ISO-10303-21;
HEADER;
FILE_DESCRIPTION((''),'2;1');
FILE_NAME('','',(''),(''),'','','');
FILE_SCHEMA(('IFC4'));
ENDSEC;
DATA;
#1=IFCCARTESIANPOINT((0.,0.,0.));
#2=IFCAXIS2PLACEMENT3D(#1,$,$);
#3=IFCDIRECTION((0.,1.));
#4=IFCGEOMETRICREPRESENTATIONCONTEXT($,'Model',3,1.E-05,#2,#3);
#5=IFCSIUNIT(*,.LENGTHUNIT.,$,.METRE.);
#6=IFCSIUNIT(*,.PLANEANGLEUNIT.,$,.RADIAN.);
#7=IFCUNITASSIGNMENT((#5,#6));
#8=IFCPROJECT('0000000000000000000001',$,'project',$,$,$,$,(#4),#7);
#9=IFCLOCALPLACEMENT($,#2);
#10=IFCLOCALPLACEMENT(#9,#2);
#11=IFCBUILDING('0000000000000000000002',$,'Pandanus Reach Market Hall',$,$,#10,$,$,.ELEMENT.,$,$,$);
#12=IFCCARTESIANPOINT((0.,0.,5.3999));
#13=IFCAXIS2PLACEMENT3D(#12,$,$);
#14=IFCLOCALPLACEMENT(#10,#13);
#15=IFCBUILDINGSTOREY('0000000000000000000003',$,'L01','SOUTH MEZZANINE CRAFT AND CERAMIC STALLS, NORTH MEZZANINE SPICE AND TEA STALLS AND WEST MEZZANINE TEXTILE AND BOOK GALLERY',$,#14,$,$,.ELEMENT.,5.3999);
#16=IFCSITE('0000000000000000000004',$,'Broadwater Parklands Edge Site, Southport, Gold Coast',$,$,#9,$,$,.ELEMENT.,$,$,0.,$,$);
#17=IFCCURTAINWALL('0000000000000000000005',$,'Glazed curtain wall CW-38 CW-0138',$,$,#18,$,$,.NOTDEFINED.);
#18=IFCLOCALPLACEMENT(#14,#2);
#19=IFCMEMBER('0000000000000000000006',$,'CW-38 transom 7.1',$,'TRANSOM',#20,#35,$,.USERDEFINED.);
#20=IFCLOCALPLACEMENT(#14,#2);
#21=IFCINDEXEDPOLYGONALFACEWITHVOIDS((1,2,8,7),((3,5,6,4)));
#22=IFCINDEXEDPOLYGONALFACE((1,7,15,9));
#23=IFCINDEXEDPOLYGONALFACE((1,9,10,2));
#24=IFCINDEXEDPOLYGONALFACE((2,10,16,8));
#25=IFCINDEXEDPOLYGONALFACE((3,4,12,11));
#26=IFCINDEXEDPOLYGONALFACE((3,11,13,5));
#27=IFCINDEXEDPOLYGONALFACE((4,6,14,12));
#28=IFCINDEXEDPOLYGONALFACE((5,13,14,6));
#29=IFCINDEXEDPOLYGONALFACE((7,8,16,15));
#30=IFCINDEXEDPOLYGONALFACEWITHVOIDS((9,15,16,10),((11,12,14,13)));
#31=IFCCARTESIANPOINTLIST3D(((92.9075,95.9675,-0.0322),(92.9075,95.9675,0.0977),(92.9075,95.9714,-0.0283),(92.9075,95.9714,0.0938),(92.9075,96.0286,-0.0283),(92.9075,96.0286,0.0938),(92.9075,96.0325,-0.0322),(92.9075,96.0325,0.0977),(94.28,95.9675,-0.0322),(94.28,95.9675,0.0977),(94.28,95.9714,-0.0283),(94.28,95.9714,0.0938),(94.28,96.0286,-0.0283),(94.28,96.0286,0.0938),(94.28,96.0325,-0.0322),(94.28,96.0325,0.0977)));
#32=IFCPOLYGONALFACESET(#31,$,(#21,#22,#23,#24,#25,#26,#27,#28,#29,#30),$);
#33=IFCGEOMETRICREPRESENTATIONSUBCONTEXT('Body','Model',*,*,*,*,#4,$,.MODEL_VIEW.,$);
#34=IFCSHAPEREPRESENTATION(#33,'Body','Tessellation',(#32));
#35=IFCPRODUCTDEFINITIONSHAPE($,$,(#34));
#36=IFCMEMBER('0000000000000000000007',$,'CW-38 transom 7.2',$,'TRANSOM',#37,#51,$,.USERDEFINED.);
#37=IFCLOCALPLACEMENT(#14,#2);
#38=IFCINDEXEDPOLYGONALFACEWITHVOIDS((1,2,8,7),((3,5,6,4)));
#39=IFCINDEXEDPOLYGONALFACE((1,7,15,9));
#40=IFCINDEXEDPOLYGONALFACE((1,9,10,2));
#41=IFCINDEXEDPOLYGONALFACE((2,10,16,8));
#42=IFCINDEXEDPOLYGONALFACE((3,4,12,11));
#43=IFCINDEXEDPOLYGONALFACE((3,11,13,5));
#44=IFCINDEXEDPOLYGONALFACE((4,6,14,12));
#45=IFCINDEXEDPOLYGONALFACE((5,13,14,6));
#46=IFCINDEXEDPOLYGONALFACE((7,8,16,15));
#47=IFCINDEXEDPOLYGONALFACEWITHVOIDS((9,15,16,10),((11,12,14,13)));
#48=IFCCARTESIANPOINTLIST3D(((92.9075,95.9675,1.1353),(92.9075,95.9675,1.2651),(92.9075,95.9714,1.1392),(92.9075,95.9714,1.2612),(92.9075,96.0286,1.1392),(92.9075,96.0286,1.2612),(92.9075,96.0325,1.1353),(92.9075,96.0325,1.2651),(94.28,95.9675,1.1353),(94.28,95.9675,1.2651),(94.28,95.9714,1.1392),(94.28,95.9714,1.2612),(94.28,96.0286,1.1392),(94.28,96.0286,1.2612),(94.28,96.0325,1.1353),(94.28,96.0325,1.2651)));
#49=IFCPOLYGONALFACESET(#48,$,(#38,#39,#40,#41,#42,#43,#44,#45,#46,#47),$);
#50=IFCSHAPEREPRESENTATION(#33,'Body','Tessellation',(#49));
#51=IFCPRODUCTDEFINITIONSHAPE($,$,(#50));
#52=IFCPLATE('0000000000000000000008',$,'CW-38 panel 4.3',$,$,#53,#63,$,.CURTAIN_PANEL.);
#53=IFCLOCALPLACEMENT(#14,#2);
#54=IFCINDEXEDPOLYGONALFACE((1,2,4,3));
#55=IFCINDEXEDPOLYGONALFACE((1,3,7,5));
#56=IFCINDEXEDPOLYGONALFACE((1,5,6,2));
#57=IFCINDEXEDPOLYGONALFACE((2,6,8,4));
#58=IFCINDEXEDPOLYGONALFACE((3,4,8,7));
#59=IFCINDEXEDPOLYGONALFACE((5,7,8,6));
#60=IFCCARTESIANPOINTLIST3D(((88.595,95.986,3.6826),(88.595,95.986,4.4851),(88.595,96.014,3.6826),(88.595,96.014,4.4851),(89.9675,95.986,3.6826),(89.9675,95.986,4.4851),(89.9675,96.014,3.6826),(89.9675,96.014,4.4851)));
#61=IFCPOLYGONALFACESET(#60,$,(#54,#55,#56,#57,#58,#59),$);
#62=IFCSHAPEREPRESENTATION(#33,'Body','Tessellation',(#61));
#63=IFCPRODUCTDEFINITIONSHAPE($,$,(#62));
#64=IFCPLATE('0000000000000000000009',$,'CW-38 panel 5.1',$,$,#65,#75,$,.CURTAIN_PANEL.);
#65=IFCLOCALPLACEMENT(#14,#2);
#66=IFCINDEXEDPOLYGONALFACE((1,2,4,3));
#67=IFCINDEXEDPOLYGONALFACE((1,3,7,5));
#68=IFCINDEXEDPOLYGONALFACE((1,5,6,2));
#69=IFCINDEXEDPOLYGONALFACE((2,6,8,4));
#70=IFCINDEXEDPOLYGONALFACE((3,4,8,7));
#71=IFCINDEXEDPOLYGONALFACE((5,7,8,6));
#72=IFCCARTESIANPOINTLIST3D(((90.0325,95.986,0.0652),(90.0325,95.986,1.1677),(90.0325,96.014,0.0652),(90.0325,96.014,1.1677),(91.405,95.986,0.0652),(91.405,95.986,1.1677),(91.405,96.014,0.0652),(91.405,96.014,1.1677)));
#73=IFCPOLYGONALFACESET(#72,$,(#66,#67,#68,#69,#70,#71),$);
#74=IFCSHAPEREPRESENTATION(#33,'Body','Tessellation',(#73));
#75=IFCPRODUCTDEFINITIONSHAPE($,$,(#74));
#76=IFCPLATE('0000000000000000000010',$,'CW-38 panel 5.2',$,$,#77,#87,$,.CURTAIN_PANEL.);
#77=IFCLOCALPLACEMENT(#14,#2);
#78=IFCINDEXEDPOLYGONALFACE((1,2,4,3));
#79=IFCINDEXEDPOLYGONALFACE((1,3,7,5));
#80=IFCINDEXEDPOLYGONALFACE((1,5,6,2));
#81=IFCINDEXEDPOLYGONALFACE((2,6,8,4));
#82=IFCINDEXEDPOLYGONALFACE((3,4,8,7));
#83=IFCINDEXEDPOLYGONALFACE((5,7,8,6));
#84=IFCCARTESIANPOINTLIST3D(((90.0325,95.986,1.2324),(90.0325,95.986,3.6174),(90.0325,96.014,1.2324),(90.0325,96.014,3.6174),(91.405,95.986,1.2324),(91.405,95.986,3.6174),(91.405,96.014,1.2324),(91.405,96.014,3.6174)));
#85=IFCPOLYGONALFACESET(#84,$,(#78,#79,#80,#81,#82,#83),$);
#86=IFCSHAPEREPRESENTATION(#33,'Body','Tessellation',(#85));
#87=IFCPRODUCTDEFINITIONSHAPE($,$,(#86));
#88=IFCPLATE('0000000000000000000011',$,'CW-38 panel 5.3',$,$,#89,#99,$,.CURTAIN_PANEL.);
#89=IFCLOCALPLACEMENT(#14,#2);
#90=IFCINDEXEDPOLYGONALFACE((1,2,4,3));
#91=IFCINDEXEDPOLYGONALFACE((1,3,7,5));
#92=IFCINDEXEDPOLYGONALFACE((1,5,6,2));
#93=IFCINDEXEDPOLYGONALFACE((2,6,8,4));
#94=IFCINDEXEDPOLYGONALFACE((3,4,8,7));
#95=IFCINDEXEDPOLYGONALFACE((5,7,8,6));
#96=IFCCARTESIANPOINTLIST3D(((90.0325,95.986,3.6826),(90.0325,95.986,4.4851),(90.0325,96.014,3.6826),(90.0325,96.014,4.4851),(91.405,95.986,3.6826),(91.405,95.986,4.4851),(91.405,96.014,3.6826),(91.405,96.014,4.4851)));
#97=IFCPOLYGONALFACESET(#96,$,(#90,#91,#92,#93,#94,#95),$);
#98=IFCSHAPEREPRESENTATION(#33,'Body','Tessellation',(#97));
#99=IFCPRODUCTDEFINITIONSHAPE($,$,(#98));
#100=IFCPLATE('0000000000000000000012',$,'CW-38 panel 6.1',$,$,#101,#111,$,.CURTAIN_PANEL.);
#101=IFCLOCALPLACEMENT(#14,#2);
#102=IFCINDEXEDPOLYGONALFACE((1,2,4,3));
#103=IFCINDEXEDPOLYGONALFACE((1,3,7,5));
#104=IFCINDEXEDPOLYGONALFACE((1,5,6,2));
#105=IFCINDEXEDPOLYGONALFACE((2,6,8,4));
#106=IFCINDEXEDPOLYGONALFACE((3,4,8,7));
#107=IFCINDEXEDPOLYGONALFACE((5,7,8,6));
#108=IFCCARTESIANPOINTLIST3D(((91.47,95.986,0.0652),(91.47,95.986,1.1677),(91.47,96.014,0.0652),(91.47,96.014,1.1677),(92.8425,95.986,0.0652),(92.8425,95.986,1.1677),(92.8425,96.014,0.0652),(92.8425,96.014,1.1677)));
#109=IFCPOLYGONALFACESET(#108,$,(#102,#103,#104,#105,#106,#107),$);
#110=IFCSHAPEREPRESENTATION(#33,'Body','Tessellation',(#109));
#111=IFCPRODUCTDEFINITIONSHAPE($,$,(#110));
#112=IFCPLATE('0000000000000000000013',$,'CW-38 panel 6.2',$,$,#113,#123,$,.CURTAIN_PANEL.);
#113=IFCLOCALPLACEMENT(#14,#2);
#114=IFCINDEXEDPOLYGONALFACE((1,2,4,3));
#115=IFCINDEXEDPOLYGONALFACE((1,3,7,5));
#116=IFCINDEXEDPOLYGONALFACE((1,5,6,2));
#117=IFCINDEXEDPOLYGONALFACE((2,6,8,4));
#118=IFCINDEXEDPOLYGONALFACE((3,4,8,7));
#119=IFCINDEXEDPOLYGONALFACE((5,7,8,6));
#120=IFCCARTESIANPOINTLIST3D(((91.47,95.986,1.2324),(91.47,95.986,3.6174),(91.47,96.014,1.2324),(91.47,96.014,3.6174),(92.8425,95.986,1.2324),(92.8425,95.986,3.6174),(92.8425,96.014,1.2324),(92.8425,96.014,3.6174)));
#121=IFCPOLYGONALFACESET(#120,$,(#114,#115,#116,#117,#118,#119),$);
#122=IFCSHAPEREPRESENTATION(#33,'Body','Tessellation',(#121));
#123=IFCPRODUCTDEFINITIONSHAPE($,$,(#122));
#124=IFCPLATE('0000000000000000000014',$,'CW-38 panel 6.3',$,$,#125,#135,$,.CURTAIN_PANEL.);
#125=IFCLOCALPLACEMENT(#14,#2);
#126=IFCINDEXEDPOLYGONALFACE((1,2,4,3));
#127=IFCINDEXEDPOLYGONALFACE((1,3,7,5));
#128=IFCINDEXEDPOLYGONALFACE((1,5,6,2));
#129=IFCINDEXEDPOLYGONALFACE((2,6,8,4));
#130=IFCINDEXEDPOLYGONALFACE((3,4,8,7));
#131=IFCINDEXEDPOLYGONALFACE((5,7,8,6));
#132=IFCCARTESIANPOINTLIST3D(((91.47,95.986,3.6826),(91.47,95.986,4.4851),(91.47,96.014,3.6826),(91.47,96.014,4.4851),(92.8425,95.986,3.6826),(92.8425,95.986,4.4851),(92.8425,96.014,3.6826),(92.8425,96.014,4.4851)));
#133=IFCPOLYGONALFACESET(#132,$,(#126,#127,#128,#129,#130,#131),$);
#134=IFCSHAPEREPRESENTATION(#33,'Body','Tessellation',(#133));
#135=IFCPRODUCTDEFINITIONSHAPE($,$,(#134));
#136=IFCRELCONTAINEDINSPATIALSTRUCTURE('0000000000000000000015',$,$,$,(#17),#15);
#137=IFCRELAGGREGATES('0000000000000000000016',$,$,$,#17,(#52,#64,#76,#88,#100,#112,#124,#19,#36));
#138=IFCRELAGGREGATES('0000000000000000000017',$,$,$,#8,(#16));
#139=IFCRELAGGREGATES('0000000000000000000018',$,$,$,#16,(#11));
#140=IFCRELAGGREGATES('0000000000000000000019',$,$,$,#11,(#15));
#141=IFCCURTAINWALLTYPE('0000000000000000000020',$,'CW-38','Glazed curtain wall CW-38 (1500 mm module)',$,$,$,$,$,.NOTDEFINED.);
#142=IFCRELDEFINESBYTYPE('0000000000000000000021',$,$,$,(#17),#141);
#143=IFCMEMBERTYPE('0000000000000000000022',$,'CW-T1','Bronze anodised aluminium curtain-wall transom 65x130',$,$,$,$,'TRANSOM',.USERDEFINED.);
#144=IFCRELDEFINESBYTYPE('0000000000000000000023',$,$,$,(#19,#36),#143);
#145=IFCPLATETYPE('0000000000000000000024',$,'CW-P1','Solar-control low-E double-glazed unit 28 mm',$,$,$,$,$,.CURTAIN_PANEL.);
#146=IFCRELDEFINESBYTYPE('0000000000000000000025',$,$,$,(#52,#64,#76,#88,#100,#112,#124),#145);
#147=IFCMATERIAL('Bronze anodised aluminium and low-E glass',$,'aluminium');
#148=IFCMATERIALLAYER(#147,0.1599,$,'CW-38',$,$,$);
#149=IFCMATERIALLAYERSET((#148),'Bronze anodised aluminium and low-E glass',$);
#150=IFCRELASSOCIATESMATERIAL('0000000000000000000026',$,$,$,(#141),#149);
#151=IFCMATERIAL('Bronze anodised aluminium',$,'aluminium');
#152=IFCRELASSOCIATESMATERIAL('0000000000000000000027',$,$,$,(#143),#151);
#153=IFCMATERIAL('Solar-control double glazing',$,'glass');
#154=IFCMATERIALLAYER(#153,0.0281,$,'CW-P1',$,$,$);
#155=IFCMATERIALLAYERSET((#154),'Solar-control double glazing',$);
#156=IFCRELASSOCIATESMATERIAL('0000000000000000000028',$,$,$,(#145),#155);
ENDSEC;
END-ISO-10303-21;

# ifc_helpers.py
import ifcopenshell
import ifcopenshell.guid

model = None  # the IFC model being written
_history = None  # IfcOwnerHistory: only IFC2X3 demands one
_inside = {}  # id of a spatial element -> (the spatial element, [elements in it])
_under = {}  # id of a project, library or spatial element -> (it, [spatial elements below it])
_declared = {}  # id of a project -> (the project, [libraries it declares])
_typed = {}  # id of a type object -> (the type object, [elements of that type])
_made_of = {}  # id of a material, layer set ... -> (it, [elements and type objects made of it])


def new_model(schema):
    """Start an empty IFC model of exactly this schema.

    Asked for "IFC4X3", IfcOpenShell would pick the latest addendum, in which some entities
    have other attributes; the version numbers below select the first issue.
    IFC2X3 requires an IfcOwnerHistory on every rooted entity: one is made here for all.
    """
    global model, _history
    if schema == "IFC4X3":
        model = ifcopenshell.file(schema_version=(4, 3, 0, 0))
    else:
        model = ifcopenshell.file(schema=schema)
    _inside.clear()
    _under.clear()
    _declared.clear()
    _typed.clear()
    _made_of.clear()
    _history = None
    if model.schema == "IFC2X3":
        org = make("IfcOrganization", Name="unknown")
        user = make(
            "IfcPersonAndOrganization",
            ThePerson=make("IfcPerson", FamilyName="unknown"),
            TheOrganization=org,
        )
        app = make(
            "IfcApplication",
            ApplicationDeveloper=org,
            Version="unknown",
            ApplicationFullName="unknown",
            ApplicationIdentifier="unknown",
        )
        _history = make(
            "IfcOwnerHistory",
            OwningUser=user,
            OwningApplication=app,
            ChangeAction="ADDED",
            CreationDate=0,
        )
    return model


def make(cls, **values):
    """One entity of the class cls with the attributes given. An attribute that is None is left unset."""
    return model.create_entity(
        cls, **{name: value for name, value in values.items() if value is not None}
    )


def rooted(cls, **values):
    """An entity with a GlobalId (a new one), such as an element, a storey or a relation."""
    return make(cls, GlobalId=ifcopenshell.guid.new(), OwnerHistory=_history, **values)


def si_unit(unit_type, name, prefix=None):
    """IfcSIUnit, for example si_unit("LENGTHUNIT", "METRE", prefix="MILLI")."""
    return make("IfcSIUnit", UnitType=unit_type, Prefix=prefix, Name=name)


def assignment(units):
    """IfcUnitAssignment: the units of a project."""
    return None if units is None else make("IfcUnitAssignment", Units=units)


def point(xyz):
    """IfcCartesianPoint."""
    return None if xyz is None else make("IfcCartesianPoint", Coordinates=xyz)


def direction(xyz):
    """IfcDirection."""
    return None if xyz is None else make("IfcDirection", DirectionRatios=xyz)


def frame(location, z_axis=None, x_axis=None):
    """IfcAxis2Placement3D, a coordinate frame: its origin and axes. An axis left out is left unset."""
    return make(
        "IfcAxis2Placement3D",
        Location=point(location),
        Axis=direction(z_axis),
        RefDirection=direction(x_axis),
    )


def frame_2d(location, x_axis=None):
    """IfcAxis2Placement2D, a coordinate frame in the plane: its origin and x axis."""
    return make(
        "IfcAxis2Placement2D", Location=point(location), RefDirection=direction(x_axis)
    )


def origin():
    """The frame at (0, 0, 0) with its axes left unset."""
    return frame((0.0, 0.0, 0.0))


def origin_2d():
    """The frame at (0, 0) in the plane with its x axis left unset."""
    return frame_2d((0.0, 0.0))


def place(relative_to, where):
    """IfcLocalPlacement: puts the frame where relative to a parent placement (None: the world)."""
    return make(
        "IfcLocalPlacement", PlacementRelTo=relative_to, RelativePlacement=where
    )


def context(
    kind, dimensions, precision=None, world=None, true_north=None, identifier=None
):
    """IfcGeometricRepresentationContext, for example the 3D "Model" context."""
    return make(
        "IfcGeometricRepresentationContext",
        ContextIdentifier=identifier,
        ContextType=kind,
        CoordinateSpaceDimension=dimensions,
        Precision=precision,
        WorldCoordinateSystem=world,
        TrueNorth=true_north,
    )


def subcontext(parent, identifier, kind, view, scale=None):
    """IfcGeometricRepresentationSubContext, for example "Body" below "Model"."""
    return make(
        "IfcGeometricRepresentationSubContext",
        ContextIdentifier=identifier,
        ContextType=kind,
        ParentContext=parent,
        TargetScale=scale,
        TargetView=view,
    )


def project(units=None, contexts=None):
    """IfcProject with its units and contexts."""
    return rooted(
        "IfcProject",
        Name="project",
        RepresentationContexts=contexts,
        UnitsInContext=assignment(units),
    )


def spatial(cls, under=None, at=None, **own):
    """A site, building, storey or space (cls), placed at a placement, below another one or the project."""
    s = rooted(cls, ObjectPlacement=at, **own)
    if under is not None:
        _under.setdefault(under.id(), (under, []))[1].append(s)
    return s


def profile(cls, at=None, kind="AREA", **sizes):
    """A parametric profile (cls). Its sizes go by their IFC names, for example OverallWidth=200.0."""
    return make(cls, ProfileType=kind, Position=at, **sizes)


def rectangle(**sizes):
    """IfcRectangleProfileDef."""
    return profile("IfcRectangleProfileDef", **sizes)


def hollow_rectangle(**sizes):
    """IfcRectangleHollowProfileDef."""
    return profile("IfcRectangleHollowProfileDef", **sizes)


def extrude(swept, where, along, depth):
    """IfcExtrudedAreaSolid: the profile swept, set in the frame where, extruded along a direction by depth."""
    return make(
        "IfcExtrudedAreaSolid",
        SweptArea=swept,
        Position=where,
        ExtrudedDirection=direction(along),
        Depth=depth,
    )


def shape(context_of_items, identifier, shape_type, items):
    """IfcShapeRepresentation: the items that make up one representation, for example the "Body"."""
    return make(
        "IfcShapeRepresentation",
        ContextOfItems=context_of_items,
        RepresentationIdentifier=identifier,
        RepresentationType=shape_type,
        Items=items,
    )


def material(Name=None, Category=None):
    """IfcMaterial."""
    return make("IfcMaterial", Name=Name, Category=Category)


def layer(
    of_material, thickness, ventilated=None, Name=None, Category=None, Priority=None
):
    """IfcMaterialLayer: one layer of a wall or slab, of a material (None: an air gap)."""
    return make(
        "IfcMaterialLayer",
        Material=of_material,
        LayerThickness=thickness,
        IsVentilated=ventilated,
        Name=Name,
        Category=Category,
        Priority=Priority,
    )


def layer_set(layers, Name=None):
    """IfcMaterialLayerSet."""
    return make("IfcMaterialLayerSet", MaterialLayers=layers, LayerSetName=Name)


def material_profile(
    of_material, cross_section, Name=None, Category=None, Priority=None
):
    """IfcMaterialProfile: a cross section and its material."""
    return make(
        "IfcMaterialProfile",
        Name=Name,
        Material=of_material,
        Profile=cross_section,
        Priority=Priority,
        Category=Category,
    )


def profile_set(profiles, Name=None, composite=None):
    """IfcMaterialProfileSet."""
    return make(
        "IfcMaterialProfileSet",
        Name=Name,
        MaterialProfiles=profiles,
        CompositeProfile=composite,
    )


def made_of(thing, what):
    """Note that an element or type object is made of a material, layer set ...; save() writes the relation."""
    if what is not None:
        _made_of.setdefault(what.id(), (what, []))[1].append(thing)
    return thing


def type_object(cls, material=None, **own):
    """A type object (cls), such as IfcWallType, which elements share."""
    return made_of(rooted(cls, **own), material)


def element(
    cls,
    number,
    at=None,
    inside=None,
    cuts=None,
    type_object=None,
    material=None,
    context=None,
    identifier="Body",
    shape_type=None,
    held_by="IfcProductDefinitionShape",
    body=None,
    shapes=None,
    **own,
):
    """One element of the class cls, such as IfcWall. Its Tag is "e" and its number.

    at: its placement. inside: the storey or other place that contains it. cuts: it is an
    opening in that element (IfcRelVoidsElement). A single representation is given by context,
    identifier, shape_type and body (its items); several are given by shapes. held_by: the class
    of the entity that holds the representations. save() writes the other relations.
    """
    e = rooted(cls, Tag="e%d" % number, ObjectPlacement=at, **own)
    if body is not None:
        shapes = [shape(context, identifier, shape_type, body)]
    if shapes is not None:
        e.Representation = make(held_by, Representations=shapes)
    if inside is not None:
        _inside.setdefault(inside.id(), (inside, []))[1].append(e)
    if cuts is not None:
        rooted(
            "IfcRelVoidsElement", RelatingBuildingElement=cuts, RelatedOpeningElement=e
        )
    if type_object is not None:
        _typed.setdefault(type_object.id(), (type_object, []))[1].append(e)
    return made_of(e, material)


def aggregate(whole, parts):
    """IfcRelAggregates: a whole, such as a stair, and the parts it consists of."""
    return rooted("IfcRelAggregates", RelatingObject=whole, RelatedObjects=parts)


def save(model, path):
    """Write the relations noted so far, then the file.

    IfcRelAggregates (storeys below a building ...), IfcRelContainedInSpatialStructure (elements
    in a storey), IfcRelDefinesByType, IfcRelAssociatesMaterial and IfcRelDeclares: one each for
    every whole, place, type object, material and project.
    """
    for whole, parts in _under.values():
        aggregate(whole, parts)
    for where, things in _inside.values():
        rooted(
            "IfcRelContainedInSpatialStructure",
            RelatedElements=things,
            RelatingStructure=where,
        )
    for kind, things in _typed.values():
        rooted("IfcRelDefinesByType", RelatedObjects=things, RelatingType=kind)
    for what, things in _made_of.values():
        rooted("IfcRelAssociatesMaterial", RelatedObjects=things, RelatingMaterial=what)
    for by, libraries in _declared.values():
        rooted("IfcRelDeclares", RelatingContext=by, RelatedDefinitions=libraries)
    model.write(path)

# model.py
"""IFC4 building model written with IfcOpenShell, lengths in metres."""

from ifc_helpers import new_model, si_unit, direction, frame, origin, origin_2d, place, context, subcontext, project, spatial, rectangle, hollow_rectangle, extrude, material, layer, layer_set, material_profile, profile_set, type_object, element, aggregate, save


model = new_model("IFC4")

# Units and contexts
model_context = context("Model", 3, precision=1e-05, world=origin(), true_north=direction((0.0, 1.0)))
body_context = subcontext(model_context, "Body", "Model", "MODEL_VIEW")
ifc_project = project(units=[si_unit("LENGTHUNIT", "METRE"), si_unit("PLANEANGLEUNIT", "RADIAN")], contexts=[model_context])

# Site, building, storey
site_placement = place(None, origin())
site = spatial("IfcSite", under=ifc_project, at=site_placement, Name="Broadwater Parklands Edge Site, Southport, Gold Coast", CompositionType="ELEMENT", RefElevation=0.0)
building_placement = place(site_placement, origin())
building = spatial("IfcBuilding", under=site, at=building_placement, Name="Pandanus Reach Market Hall", CompositionType="ELEMENT")
storey_placement = place(building_placement, frame((0.0, 0.0, 5.3999)))
storey = spatial("IfcBuildingStorey", under=building, at=storey_placement, Name="L01", Description="SOUTH MEZZANINE CRAFT AND CERAMIC STALLS, NORTH MEZZANINE SPICE AND TEA STALLS AND WEST MEZZANINE TEXTILE AND BOOK GALLERY", CompositionType="ELEMENT", Elevation=5.3999)

# Curtain wall, members, plates
ifc_material_1 = material(Name="Bronze anodised aluminium and low-E glass", Category="aluminium")
ifc_layer_1 = layer(ifc_material_1, 0.1599, Name="CW-38")
ifc_layer_set_1 = layer_set([ifc_layer_1], Name="Bronze anodised aluminium and low-E glass")
curtain_wall_type = type_object("IfcCurtainWallType", Name="CW-38", Description="Glazed curtain wall CW-38 (1500 mm module)", PredefinedType="NOTDEFINED", material=ifc_layer_set_1)
curtain_wall_placement = place(storey_placement, origin())
curtain_wall = element("IfcCurtainWall", 1, at=curtain_wall_placement, inside=storey, type_object=curtain_wall_type, Name="Glazed curtain wall CW-38 CW-0138", PredefinedType="NOTDEFINED")
ifc_material_2 = material(Name="Bronze anodised aluminium", Category="aluminium")
ifc_material_profile_1 = material_profile(ifc_material_2, hollow_rectangle(XDim=0.0649, YDim=0.1299, WallThickness=0.0039, at=origin_2d()), Name="ALU65x130", Category="LoadBearing")
ifc_profile_set_1 = profile_set([ifc_material_profile_1], Name="Bronze anodised aluminium")
member_type_1 = type_object("IfcMemberType", Name="CW-T1", Description="Bronze anodised aluminium curtain-wall transom 65x130", ElementType="TRANSOM", PredefinedType="USERDEFINED", material=ifc_profile_set_1)
member_1_placement = place(storey_placement, frame((92.9075, 96.0, 0.0327), z_axis=(1.0, 0.0, 0.0), x_axis=(0.0, 1.0, 0.0)))
member_1 = element("IfcMember", 2, at=member_1_placement, type_object=member_type_1, Name="CW-38 transom 7.1", ObjectType="TRANSOM", PredefinedType="USERDEFINED", context=body_context, shape_type="SweptSolid", body=[
    extrude(hollow_rectangle(XDim=0.0649, YDim=0.1299, WallThickness=0.0039, at=origin_2d()), origin(), (0.0, 0.0, 1.0), 1.3726),
])
member_2_placement = place(storey_placement, frame((92.9075, 96.0, 1.2002), z_axis=(1.0, 0.0, 0.0), x_axis=(0.0, 1.0, 0.0)))
member_2 = element("IfcMember", 3, at=member_2_placement, type_object=member_type_1, Name="CW-38 transom 7.2", ObjectType="TRANSOM", PredefinedType="USERDEFINED", context=body_context, shape_type="SweptSolid", body=[
    extrude(hollow_rectangle(XDim=0.0649, YDim=0.1299, WallThickness=0.0039, at=origin_2d()), origin(), (0.0, 0.0, 1.0), 1.3726),
])
ifc_material_3 = material(Name="Solar-control double glazing", Category="glass")
ifc_layer_2 = layer(ifc_material_3, 0.0281, Name="CW-P1")
ifc_layer_set_2 = layer_set([ifc_layer_2], Name="Solar-control double glazing")
plate_type = type_object("IfcPlateType", Name="CW-P1", Description="Solar-control low-E double-glazed unit 28 mm", PredefinedType="CURTAIN_PANEL", material=ifc_layer_set_2)
plate_1_placement = place(storey_placement, frame((89.2812, 96.0, 3.6826), z_axis=(0.0, 0.0, 1.0), x_axis=(1.0, 0.0, 0.0)))
plate_1 = element("IfcPlate", 4, at=plate_1_placement, type_object=plate_type, Name="CW-38 panel 4.3", PredefinedType="CURTAIN_PANEL", context=body_context, shape_type="SweptSolid", body=[
    extrude(rectangle(XDim=1.3726, YDim=0.0281, at=origin_2d()), origin(), (0.0, 0.0, 1.0), 0.8025),
])
plate_2_placement = place(storey_placement, frame((90.7188, 96.0, 0.0652), z_axis=(0.0, 0.0, 1.0), x_axis=(1.0, 0.0, 0.0)))
plate_2 = element("IfcPlate", 5, at=plate_2_placement, type_object=plate_type, Name="CW-38 panel 5.1", PredefinedType="CURTAIN_PANEL", context=body_context, shape_type="SweptSolid", body=[
    extrude(rectangle(XDim=1.3726, YDim=0.0281, at=origin_2d()), origin(), (0.0, 0.0, 1.0), 1.1025),
])
plate_3_placement = place(storey_placement, frame((90.7188, 96.0, 1.2324), z_axis=(0.0, 0.0, 1.0), x_axis=(1.0, 0.0, 0.0)))
plate_3 = element("IfcPlate", 6, at=plate_3_placement, type_object=plate_type, Name="CW-38 panel 5.2", PredefinedType="CURTAIN_PANEL", context=body_context, shape_type="SweptSolid", body=[
    extrude(rectangle(XDim=1.3726, YDim=0.0281, at=origin_2d()), origin(), (0.0, 0.0, 1.0), 2.385),
])
plate_4_placement = place(storey_placement, frame((90.7188, 96.0, 3.6826), z_axis=(0.0, 0.0, 1.0), x_axis=(1.0, 0.0, 0.0)))
plate_4 = element("IfcPlate", 7, at=plate_4_placement, type_object=plate_type, Name="CW-38 panel 5.3", PredefinedType="CURTAIN_PANEL", context=body_context, shape_type="SweptSolid", body=[
    extrude(rectangle(XDim=1.3726, YDim=0.0281, at=origin_2d()), origin(), (0.0, 0.0, 1.0), 0.8025),
])
plate_5_placement = place(storey_placement, frame((92.1562, 96.0, 0.0652), z_axis=(0.0, 0.0, 1.0), x_axis=(1.0, 0.0, 0.0)))
plate_5 = element("IfcPlate", 8, at=plate_5_placement, type_object=plate_type, Name="CW-38 panel 6.1", PredefinedType="CURTAIN_PANEL", context=body_context, shape_type="SweptSolid", body=[
    extrude(rectangle(XDim=1.3726, YDim=0.0281, at=origin_2d()), origin(), (0.0, 0.0, 1.0), 1.1025),
])
plate_6_placement = place(storey_placement, frame((92.1562, 96.0, 1.2324), z_axis=(0.0, 0.0, 1.0), x_axis=(1.0, 0.0, 0.0)))
plate_6 = element("IfcPlate", 9, at=plate_6_placement, type_object=plate_type, Name="CW-38 panel 6.2", PredefinedType="CURTAIN_PANEL", context=body_context, shape_type="SweptSolid", body=[
    extrude(rectangle(XDim=1.3726, YDim=0.0281, at=origin_2d()), origin(), (0.0, 0.0, 1.0), 2.385),
])
plate_7_placement = place(storey_placement, frame((92.1562, 96.0, 3.6826), z_axis=(0.0, 0.0, 1.0), x_axis=(1.0, 0.0, 0.0)))
plate_7 = element("IfcPlate", 10, at=plate_7_placement, type_object=plate_type, Name="CW-38 panel 6.3", PredefinedType="CURTAIN_PANEL", context=body_context, shape_type="SweptSolid", body=[
    extrude(rectangle(XDim=1.3726, YDim=0.0281, at=origin_2d()), origin(), (0.0, 0.0, 1.0), 0.8025),
])
aggregate(curtain_wall, [plate_1, plate_2, plate_3, plate_4, plate_5, plate_6, plate_7, member_1, member_2])

save(model, "model.ifc")
